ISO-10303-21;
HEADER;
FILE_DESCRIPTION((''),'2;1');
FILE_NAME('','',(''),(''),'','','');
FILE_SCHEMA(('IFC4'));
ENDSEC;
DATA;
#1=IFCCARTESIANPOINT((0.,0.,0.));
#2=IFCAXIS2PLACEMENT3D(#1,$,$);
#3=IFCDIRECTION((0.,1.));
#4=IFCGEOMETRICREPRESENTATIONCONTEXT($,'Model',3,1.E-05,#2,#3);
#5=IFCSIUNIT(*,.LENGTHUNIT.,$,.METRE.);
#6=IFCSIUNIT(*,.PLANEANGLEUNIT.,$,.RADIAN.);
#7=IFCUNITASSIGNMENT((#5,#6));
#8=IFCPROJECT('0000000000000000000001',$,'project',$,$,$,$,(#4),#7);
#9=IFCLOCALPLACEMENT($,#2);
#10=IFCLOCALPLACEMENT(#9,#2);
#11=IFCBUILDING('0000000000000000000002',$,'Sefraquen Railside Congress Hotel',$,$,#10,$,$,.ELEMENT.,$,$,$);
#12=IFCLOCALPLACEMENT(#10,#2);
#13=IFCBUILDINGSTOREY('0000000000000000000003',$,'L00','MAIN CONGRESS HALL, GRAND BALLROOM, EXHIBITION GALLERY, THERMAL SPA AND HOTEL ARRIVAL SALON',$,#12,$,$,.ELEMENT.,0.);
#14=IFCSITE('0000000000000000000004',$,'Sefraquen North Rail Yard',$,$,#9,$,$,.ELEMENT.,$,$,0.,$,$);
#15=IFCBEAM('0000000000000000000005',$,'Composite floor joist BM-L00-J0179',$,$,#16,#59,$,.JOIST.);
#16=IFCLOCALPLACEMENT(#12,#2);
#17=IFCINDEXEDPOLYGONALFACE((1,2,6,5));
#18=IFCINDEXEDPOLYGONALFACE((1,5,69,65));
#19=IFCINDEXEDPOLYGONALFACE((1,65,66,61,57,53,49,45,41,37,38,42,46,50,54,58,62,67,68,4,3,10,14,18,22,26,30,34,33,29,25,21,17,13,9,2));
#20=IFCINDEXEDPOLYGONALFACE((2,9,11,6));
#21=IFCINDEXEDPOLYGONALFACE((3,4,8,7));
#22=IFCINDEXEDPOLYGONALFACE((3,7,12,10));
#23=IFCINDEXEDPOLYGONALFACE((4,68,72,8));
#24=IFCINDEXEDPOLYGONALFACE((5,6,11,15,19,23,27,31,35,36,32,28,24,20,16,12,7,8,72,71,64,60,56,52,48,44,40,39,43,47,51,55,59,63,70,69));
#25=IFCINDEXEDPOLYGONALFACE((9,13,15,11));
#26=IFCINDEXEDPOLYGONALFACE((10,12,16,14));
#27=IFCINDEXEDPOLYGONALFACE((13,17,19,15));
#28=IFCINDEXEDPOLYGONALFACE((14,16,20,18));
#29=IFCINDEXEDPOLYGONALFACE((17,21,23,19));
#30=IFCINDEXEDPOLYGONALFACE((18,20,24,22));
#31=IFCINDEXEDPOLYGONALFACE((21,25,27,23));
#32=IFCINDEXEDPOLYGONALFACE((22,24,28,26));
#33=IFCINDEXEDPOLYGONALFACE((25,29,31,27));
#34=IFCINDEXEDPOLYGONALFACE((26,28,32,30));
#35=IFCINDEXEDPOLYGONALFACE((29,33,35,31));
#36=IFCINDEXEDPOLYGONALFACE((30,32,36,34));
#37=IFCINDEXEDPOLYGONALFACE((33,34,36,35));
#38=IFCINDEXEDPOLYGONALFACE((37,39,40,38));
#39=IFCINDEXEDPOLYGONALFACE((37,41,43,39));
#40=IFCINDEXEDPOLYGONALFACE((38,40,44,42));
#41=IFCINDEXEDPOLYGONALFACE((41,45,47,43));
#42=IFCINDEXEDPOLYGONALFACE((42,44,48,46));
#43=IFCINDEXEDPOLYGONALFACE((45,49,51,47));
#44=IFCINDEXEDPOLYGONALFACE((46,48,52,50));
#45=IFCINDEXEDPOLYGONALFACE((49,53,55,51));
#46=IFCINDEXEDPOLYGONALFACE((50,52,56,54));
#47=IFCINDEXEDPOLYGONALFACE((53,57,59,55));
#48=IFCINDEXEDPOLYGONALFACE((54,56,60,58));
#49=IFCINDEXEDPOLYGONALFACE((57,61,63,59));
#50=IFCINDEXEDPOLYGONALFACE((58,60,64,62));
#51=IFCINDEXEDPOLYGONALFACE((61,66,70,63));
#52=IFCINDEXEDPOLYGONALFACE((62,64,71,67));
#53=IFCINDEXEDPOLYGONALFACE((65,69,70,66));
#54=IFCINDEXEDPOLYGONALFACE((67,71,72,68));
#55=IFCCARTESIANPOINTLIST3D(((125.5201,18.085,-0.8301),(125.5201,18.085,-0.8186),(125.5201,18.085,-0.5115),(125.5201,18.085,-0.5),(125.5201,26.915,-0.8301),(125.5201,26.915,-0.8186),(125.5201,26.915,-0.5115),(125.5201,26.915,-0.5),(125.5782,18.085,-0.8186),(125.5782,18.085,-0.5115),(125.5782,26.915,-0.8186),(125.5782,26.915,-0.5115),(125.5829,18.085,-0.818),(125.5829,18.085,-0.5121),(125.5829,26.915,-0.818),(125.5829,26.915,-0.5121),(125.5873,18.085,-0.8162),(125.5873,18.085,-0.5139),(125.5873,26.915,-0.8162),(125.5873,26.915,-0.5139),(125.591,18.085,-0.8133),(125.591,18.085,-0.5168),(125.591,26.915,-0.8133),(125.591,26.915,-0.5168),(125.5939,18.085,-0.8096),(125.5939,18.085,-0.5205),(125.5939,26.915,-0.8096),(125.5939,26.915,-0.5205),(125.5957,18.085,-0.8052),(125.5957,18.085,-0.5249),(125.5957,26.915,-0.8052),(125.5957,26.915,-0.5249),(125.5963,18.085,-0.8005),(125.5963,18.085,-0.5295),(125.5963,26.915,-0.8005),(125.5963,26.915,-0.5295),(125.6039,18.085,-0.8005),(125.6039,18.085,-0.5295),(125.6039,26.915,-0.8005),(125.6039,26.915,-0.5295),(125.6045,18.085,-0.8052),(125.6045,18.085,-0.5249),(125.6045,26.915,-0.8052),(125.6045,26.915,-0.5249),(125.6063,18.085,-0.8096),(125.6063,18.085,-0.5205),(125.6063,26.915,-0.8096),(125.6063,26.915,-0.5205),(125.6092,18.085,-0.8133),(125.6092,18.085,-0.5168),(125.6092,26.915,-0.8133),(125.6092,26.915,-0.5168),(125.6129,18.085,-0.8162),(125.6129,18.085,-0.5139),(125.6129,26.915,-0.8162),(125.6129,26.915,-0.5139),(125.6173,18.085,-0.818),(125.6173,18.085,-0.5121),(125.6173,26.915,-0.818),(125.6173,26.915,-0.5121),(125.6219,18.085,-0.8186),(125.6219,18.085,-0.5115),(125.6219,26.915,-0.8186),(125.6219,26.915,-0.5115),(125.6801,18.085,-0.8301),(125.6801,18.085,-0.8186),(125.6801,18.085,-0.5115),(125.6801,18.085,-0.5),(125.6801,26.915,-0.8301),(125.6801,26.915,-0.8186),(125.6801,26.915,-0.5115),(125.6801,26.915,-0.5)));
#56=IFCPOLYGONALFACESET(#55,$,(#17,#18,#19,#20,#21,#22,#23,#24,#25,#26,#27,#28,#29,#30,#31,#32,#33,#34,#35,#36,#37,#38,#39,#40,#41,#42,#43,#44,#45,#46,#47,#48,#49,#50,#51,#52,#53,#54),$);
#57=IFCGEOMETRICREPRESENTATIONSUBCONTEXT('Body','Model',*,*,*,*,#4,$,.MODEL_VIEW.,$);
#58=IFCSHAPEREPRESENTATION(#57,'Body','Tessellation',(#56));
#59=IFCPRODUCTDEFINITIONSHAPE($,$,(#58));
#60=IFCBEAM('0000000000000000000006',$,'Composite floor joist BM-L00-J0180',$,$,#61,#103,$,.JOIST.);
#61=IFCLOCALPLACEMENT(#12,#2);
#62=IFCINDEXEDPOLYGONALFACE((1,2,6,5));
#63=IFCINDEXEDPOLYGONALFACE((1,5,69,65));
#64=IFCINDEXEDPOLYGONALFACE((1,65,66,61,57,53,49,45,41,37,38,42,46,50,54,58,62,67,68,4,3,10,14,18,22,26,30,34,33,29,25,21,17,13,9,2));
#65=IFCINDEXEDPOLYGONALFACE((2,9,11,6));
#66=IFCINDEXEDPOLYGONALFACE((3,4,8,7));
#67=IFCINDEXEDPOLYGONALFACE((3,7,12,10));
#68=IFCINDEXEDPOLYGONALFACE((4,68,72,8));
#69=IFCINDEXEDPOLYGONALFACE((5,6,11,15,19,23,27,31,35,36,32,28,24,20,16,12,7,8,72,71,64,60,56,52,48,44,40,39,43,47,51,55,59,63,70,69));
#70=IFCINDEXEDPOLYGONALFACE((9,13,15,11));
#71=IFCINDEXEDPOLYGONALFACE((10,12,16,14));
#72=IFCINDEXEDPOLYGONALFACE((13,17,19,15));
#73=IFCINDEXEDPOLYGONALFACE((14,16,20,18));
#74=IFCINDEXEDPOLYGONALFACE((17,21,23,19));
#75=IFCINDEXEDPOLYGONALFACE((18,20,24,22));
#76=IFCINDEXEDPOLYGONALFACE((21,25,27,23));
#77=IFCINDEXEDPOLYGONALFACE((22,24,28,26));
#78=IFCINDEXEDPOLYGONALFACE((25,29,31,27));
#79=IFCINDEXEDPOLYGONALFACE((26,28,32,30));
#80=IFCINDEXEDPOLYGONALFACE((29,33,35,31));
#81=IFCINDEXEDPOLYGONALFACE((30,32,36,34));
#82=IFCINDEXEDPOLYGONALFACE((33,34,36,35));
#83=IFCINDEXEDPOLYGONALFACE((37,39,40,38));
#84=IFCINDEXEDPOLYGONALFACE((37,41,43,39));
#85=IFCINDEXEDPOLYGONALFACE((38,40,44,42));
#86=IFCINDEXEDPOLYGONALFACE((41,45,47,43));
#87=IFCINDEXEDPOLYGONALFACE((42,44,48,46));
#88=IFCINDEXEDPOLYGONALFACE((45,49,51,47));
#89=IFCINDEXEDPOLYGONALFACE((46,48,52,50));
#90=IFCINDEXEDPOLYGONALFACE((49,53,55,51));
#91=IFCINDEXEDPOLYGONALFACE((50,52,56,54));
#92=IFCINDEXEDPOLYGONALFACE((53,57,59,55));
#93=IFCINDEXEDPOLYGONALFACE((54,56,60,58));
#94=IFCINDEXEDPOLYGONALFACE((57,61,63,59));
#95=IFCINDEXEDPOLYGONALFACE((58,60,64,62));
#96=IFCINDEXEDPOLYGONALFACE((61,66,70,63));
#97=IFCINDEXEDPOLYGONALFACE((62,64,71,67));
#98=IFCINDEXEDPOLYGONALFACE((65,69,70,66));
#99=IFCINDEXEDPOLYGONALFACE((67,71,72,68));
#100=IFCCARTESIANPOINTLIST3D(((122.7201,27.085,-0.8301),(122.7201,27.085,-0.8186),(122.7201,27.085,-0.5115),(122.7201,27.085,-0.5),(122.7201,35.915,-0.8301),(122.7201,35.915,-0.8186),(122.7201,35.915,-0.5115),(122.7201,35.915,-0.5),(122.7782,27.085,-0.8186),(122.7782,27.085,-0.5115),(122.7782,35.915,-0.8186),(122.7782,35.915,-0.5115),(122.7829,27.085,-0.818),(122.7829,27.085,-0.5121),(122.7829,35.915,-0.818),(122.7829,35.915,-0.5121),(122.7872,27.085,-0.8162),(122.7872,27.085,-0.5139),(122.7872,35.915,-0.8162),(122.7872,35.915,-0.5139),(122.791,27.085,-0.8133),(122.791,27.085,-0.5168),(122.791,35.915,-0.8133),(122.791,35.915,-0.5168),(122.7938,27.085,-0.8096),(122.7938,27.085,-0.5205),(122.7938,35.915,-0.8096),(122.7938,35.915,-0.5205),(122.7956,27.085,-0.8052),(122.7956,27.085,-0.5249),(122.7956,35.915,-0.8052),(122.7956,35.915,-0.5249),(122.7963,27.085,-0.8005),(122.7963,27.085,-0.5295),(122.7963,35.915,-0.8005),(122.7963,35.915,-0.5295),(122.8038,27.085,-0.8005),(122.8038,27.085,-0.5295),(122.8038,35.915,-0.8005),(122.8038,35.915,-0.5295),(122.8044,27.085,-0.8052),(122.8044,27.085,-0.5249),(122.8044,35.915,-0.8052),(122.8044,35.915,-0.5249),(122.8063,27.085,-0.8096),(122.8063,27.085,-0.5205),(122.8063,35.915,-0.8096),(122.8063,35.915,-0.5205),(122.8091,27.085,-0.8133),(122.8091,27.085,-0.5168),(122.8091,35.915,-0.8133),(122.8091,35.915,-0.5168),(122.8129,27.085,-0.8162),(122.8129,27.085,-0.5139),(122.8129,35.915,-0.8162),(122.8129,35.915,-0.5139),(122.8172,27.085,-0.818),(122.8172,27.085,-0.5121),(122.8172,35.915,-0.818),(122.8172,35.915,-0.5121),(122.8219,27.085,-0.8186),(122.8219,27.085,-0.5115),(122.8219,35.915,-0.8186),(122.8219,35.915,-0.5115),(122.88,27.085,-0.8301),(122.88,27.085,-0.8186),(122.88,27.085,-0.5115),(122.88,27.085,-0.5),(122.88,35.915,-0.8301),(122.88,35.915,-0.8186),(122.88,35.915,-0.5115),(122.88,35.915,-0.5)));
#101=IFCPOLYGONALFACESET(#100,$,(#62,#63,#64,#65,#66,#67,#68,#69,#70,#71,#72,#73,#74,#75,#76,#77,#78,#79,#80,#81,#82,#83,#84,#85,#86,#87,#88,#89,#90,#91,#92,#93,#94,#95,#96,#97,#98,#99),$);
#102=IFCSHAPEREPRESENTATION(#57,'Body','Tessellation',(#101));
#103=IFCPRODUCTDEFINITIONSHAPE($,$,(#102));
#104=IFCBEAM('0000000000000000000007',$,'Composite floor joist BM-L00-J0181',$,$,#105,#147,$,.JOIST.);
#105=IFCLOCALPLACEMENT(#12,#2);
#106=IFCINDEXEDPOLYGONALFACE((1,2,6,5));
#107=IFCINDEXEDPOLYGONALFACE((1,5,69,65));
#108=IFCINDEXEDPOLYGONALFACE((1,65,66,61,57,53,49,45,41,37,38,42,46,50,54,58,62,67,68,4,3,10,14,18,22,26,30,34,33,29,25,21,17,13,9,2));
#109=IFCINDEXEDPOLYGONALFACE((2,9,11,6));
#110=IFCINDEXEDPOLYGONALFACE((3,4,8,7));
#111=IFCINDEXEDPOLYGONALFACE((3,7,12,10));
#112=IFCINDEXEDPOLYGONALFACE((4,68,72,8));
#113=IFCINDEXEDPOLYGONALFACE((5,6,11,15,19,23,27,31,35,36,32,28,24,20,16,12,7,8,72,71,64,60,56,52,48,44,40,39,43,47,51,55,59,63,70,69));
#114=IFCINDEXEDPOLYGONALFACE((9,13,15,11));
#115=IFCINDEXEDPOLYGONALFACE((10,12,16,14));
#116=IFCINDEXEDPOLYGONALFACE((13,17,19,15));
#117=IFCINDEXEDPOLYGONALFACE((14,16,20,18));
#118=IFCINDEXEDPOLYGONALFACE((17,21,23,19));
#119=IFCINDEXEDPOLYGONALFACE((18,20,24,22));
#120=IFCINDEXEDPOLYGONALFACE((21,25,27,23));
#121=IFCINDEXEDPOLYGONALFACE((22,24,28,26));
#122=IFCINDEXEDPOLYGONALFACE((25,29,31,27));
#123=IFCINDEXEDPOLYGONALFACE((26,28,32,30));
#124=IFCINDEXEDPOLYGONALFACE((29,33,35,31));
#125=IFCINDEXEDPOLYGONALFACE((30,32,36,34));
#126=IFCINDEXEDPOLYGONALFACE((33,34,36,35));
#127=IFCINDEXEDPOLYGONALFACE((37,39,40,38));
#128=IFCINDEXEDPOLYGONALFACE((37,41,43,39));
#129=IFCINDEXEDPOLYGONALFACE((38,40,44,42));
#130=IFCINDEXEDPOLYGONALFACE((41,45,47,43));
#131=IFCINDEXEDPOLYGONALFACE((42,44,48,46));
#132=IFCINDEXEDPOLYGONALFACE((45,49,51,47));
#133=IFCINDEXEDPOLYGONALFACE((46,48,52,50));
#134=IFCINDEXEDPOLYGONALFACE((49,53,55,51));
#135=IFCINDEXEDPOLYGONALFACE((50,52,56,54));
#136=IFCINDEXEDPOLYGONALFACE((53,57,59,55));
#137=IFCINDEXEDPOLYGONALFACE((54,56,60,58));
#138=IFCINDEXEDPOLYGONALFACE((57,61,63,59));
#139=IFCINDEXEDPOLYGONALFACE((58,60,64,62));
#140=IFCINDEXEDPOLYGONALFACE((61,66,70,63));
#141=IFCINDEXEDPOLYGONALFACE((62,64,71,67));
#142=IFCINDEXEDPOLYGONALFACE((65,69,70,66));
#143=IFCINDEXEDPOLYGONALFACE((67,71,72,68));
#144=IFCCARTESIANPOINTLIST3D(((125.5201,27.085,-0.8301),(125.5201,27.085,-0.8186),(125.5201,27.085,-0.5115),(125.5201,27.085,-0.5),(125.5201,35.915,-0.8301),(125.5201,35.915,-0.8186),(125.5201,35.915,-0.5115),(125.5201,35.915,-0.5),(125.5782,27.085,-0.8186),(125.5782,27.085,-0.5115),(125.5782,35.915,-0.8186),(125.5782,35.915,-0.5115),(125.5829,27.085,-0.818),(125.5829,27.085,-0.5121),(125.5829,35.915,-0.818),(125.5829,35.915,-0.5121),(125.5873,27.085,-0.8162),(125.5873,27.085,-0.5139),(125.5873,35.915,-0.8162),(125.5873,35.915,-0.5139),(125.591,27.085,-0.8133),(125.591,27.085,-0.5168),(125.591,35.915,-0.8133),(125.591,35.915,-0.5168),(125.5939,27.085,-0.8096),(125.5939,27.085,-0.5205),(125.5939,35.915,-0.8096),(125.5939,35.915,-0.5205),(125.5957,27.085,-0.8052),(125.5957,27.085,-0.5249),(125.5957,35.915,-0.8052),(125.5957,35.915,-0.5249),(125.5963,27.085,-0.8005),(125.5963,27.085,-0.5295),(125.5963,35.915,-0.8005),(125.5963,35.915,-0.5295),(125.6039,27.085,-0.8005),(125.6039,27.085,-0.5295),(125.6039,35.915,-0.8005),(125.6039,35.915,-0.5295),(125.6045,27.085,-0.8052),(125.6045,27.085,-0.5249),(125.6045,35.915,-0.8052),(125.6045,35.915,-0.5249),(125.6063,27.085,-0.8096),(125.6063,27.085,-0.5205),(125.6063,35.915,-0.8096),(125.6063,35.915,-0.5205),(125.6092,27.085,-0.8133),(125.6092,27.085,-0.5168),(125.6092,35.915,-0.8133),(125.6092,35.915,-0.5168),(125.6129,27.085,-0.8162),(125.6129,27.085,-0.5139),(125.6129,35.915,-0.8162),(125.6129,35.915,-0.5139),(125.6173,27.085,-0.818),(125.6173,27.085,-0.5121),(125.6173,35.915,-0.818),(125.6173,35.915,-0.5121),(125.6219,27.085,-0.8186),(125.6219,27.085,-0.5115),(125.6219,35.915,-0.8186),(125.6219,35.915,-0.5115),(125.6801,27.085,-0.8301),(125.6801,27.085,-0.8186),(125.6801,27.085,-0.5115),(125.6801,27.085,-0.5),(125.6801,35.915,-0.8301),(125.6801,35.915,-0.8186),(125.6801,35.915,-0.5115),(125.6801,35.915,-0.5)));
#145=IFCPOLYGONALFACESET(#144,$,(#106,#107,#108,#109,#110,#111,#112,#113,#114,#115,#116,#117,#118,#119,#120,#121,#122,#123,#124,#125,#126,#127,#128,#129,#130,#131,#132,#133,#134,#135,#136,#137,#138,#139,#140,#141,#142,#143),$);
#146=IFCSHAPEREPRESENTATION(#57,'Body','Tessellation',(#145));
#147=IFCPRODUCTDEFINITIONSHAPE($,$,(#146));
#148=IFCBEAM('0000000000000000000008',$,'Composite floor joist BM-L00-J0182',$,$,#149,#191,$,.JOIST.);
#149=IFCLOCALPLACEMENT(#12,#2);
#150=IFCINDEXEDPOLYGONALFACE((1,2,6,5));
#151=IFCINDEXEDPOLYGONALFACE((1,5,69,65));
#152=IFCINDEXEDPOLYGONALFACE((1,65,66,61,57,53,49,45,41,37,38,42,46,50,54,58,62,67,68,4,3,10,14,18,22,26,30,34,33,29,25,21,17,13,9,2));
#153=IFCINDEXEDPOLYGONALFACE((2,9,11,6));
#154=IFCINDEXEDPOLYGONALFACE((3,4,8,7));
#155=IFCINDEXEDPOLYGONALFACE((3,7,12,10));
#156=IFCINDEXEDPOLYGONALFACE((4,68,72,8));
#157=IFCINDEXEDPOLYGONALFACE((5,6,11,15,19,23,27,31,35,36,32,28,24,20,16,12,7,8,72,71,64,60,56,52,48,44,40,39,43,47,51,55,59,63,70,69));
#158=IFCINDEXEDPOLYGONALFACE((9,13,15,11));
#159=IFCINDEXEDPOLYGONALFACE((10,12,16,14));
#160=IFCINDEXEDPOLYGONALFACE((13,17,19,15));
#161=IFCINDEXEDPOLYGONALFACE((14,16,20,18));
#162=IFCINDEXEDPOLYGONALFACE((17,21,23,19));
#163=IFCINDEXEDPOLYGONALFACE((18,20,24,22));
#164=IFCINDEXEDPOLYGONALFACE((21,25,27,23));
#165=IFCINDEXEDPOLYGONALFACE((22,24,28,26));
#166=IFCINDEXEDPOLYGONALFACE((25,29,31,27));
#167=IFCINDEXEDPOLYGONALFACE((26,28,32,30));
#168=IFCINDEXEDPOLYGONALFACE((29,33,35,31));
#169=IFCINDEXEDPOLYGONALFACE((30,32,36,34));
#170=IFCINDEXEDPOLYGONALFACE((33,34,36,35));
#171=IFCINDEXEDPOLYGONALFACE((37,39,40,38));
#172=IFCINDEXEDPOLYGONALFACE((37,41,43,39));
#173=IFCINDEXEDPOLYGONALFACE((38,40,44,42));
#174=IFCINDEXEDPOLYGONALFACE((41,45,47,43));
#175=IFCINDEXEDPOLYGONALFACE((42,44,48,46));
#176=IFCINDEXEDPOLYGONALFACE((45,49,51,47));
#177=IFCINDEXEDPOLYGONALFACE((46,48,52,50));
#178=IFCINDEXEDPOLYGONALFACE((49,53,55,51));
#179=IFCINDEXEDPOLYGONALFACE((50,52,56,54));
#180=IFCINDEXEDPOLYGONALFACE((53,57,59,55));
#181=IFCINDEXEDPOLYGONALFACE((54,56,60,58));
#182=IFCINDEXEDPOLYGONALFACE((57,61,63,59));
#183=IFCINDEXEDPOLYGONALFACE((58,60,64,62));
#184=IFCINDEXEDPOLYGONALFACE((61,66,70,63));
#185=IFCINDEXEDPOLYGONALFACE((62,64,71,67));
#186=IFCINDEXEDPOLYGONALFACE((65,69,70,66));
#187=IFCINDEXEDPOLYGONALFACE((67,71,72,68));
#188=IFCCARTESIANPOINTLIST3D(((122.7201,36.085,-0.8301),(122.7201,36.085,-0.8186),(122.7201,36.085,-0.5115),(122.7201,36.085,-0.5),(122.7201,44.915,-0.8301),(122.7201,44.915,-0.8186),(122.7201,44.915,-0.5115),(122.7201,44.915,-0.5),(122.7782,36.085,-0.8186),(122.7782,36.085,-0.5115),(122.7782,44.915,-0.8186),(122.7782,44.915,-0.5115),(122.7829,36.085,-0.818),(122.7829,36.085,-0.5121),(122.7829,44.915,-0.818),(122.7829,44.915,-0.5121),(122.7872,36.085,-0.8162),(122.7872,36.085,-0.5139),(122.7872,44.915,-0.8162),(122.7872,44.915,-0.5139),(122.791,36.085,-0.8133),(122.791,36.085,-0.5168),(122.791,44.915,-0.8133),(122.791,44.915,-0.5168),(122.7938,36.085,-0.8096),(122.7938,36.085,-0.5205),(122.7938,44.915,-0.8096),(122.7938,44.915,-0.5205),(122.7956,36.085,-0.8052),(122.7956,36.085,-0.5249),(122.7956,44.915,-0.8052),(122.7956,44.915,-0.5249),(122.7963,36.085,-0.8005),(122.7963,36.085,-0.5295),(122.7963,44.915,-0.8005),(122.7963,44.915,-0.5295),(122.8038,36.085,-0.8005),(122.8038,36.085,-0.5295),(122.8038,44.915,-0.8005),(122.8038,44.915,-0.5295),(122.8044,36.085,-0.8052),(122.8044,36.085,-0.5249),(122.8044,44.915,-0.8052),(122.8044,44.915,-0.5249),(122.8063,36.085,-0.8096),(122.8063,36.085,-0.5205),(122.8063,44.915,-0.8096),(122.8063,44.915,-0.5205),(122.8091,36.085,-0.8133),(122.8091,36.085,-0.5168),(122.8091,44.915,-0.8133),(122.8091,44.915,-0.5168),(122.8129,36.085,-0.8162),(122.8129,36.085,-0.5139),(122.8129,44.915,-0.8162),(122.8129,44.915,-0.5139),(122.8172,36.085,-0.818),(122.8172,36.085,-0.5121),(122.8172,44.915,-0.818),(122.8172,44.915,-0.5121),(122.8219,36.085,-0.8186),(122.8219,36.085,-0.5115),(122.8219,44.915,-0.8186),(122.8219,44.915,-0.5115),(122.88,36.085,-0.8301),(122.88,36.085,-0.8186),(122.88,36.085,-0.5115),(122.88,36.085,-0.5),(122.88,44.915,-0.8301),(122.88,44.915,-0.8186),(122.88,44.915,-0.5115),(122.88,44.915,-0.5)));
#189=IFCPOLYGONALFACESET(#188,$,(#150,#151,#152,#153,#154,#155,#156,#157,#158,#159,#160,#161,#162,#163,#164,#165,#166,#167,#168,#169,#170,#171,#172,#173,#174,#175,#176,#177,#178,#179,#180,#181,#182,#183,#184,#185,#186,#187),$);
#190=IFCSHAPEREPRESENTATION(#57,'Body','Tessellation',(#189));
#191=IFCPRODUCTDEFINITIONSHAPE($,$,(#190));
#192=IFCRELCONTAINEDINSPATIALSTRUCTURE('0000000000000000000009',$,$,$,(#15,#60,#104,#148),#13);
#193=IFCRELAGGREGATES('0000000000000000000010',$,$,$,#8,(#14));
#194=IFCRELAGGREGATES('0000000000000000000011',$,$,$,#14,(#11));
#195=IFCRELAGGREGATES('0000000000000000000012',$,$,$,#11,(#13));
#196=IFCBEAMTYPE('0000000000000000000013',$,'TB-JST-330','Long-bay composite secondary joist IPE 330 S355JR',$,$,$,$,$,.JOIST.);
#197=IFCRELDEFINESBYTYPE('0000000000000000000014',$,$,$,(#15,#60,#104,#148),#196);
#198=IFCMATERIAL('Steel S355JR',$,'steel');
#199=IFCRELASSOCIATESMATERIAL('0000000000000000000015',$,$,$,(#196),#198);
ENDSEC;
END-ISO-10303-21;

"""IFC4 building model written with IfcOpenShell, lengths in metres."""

from ifc_helpers import new_model, si_unit, direction, frame, origin, origin_2d, place, context, subcontext, project, spatial, i_section, extrude, material, material_profile, profile_set, type_object, element, save


model = new_model("IFC4")

# Units and contexts
model_context = context("Model", 3, precision=1e-05, world=origin(), true_north=direction((0.0, 1.0)))
body_context = subcontext(model_context, "Body", "Model", "MODEL_VIEW")
ifc_project = project(units=[si_unit("LENGTHUNIT", "METRE"), si_unit("PLANEANGLEUNIT", "RADIAN")], contexts=[model_context])

# Site, building, storey
site_placement = place(None, origin())
site = spatial("IfcSite", under=ifc_project, at=site_placement, Name="Sefraquen North Rail Yard", CompositionType="ELEMENT", RefElevation=0.0)
building_placement = place(site_placement, origin())
building = spatial("IfcBuilding", under=site, at=building_placement, Name="Sefraquen Railside Congress Hotel", CompositionType="ELEMENT")
storey_placement = place(building_placement, origin())
storey = spatial("IfcBuildingStorey", under=building, at=storey_placement, Name="L00", Description="MAIN CONGRESS HALL, GRAND BALLROOM, EXHIBITION GALLERY, THERMAL SPA AND HOTEL ARRIVAL SALON", CompositionType="ELEMENT", Elevation=0.0)

# Shared definitions
ifc_material_1 = material(Name="Steel S355JR", Category="steel")

# Beams
ifc_material_profile_1 = material_profile(ifc_material_1, i_section(OverallWidth=0.1599, OverallDepth=0.3301, WebThickness=0.0076, FlangeThickness=0.0115, FilletRadius=0.0181, at=origin_2d()), Name="IPE 330")
ifc_profile_set_1 = profile_set([ifc_material_profile_1], Name="Steel S355JR")
beam_type_1 = type_object("IfcBeamType", Name="TB-JST-330", Description="Long-bay composite secondary joist IPE 330 S355JR", PredefinedType="JOIST", material=ifc_profile_set_1)
for number, where, z_axis, x_axis, name in (
    (1, (125.6001, 18.085, -0.665), (0.0, 1.0, 0.0), (-1.0, 0.0, 0.0), "Composite floor joist BM-L00-J0179"),
    (2, (122.8, 27.085, -0.665), (0.0, 1.0, 0.0), (-1.0, 0.0, 0.0), "Composite floor joist BM-L00-J0180"),
    (3, (125.6001, 27.085, -0.665), (0.0, 1.0, 0.0), (-1.0, 0.0, 0.0), "Composite floor joist BM-L00-J0181"),
    (4, (122.8, 36.085, -0.665), (0.0, 1.0, 0.0), (-1.0, 0.0, 0.0), "Composite floor joist BM-L00-J0182"),
):
    element("IfcBeam", number, at=place(storey_placement, frame(where, z_axis=z_axis, x_axis=x_axis)), inside=storey, type_object=beam_type_1, Name=name, PredefinedType="JOIST", context=body_context, shape_type="SweptSolid", body=[
        extrude(i_section(OverallWidth=0.1599, OverallDepth=0.3301, WebThickness=0.0076, FlangeThickness=0.0115, FilletRadius=0.0181, at=origin_2d()), origin(), (0.0, 0.0, 1.0), 8.8301),
    ])

save(model, "model.ifc")
